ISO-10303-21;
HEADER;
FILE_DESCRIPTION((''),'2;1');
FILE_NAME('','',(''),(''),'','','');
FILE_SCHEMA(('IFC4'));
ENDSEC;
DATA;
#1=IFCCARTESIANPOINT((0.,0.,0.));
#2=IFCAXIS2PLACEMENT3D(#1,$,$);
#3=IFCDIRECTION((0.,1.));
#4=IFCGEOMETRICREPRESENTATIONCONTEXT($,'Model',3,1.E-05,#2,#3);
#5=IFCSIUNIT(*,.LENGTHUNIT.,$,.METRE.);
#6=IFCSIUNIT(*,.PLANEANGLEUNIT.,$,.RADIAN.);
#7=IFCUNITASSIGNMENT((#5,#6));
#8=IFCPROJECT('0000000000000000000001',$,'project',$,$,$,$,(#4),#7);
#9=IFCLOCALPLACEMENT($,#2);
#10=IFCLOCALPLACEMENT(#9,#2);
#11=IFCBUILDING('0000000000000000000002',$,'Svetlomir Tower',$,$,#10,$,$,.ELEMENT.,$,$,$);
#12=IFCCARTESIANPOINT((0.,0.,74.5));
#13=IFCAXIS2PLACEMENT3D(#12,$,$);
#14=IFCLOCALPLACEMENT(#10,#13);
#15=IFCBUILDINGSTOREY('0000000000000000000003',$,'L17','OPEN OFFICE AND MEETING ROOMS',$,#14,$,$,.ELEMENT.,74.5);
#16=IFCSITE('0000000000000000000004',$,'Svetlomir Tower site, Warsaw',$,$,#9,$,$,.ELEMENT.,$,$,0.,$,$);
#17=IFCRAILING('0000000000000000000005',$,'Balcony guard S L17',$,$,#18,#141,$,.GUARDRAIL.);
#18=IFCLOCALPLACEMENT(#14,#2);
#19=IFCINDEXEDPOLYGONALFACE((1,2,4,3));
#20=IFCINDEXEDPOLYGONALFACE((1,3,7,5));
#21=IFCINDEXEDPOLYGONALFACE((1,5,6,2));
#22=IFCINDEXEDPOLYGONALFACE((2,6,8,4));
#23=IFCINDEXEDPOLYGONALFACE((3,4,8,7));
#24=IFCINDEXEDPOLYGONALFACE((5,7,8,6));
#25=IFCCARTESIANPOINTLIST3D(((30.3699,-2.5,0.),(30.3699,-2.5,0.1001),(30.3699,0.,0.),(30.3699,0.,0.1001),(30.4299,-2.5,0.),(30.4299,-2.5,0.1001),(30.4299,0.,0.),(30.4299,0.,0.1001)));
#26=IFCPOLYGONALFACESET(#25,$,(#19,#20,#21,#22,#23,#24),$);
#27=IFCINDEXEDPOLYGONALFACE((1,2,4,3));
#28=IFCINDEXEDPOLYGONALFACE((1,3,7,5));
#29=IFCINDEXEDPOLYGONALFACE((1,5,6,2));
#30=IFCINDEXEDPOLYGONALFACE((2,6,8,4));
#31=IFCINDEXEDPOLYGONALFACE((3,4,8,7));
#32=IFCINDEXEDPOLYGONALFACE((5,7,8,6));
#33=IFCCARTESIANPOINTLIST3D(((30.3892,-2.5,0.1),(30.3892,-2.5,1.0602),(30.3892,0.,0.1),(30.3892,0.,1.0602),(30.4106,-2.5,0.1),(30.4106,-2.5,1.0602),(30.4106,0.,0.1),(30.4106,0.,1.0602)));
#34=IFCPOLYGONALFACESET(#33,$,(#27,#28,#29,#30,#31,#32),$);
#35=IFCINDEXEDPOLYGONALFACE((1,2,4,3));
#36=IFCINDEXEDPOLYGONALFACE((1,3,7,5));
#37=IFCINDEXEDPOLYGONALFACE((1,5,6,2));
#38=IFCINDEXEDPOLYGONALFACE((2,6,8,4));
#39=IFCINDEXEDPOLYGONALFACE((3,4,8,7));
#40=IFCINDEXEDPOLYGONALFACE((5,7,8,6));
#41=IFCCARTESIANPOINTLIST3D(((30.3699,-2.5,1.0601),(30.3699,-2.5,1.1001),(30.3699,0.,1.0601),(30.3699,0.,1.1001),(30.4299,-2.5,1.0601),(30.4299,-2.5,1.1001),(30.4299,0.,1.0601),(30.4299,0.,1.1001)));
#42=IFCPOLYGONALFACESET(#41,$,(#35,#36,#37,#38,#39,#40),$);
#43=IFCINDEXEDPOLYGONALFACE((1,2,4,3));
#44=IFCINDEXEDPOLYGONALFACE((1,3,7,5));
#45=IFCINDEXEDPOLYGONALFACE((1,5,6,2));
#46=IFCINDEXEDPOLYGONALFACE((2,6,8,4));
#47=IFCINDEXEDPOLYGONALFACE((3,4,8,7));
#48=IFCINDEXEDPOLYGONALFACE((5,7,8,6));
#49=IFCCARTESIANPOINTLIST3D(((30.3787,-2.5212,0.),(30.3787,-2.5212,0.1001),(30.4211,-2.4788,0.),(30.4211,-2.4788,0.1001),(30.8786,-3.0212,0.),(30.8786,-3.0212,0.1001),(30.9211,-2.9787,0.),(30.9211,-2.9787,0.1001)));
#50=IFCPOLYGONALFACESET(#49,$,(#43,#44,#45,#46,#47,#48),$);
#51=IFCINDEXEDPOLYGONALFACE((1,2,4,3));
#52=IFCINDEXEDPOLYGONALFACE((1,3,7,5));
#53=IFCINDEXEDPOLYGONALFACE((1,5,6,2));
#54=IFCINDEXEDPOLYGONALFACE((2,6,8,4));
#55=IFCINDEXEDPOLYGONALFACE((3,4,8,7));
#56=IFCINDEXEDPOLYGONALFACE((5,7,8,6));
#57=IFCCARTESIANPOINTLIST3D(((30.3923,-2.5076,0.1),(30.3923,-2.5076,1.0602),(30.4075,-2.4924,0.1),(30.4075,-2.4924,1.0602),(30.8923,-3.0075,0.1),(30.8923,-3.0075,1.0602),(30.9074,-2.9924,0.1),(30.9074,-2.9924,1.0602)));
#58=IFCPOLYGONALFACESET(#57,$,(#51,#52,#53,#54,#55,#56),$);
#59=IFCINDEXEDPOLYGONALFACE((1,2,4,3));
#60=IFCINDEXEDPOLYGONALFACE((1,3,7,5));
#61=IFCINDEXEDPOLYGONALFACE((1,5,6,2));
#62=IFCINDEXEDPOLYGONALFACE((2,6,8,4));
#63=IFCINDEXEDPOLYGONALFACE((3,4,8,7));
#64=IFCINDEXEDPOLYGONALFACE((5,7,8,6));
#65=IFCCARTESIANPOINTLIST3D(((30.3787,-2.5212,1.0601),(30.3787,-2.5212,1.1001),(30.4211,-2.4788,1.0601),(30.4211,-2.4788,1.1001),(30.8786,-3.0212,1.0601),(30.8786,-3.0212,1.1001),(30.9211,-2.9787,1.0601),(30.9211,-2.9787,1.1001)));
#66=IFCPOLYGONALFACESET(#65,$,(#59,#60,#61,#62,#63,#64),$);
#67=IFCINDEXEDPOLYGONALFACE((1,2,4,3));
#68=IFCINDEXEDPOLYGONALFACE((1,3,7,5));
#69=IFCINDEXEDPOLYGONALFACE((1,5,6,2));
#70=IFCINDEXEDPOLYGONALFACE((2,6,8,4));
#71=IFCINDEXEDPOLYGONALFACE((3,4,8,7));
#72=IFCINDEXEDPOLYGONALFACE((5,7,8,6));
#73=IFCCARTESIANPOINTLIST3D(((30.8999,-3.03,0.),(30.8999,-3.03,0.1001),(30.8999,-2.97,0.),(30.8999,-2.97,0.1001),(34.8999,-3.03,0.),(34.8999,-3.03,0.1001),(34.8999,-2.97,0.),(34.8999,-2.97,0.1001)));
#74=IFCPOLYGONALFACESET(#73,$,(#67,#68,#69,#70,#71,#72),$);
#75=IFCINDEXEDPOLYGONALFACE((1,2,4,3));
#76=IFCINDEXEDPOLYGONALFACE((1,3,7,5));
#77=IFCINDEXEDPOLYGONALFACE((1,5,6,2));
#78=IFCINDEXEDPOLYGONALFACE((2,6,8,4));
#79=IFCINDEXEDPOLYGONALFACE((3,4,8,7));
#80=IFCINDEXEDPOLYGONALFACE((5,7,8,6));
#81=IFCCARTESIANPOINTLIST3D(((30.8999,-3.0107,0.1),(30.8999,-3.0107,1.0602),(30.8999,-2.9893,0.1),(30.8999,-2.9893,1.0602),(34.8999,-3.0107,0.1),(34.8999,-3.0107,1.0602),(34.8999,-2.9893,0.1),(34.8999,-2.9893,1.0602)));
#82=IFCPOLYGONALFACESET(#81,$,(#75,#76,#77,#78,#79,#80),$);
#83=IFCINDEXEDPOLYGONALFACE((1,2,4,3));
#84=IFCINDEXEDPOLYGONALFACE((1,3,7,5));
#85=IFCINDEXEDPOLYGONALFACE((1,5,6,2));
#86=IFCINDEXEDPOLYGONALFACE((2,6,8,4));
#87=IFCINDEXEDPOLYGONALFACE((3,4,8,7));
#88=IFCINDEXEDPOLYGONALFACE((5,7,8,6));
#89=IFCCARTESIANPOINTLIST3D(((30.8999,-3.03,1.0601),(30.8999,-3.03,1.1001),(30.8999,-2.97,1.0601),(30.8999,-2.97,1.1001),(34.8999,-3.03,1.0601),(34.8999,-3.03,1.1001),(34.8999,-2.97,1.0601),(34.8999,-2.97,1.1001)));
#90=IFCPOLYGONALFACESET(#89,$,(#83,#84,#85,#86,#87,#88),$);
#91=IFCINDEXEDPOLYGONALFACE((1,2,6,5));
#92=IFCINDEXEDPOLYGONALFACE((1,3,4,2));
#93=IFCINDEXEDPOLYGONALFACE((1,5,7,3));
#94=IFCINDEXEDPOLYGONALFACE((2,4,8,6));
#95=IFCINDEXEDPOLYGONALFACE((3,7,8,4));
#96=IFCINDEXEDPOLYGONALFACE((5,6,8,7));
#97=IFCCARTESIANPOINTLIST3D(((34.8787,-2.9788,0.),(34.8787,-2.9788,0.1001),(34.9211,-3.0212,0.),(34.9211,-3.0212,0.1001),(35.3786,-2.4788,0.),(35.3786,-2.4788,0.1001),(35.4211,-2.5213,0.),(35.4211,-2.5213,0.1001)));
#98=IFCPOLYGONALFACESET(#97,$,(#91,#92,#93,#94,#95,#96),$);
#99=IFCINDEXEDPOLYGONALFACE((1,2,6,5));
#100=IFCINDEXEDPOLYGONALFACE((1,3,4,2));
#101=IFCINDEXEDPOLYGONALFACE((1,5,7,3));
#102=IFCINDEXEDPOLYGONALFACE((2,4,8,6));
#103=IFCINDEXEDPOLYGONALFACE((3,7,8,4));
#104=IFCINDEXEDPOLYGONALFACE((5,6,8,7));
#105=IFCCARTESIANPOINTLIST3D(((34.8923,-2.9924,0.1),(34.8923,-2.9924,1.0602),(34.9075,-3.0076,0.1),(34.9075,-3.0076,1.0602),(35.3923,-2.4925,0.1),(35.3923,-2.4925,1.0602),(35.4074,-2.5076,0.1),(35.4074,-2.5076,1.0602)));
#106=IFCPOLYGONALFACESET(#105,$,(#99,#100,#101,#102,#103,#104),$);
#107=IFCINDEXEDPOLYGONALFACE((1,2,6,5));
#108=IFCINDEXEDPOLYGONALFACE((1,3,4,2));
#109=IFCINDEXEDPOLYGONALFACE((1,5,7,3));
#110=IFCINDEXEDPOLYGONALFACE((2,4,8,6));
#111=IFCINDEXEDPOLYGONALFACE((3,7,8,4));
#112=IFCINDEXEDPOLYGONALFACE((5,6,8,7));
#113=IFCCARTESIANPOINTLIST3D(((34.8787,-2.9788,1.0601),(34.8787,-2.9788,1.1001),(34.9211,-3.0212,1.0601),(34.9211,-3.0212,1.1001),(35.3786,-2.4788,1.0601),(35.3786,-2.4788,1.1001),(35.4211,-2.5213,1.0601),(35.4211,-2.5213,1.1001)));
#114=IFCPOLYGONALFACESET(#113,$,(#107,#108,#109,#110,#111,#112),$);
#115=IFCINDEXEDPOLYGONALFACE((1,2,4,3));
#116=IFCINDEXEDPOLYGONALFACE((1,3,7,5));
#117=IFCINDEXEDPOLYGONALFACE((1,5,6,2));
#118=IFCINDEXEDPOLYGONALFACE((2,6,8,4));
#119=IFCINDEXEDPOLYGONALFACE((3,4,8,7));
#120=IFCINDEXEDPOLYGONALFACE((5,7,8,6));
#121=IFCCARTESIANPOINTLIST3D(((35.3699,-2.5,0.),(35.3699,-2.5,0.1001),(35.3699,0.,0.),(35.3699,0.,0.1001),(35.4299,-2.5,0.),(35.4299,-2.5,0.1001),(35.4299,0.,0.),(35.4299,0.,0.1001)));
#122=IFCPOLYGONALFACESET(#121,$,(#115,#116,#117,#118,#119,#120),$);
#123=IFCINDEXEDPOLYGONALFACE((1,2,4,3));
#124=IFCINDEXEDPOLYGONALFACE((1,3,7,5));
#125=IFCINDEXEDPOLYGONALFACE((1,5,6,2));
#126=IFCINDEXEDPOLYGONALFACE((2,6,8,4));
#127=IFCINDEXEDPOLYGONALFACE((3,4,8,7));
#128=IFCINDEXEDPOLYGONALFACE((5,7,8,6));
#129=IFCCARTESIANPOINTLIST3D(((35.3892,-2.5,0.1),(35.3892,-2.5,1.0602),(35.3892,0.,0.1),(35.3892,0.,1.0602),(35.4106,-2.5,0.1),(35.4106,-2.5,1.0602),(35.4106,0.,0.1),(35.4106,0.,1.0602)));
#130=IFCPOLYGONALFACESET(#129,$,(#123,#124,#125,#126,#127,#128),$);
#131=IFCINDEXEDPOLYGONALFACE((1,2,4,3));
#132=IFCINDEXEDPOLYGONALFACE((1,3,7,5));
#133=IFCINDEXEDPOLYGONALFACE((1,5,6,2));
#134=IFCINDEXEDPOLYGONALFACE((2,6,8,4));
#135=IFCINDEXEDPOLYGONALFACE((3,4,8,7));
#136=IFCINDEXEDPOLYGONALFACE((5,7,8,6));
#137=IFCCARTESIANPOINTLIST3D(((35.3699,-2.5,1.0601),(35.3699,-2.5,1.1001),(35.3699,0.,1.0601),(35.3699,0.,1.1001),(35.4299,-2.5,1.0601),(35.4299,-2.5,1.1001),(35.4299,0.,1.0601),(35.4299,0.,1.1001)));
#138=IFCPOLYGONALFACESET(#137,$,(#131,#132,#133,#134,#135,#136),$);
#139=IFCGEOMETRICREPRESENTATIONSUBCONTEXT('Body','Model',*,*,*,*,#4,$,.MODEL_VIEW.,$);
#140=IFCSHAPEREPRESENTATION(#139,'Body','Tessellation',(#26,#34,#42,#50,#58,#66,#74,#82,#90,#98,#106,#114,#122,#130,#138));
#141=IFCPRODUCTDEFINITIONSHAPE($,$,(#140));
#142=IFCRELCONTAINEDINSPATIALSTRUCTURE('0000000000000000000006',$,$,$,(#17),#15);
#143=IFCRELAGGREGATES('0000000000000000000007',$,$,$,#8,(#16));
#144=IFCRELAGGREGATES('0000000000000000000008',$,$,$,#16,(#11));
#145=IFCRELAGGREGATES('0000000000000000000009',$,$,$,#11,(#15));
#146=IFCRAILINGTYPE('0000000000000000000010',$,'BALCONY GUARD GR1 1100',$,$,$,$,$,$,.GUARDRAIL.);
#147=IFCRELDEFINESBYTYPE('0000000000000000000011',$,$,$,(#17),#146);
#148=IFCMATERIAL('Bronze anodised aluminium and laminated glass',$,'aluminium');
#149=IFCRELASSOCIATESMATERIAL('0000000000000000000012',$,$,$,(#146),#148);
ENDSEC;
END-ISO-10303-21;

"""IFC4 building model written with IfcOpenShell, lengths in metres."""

from ifc_helpers import new_model, si_unit, direction, frame, origin, origin_2d, place, context, subcontext, project, spatial, rectangle, extrude, material, type_object, element, save


model = new_model("IFC4")

# Units and contexts
model_context = context("Model", 3, precision=1e-05, world=origin(), true_north=direction((0.0, 1.0)))
body_context = subcontext(model_context, "Body", "Model", "MODEL_VIEW")
ifc_project = project(units=[si_unit("LENGTHUNIT", "METRE"), si_unit("PLANEANGLEUNIT", "RADIAN")], contexts=[model_context])

# Site, building, storey
site_placement = place(None, origin())
site = spatial("IfcSite", under=ifc_project, at=site_placement, Name="Svetlomir Tower site, Warsaw", CompositionType="ELEMENT", RefElevation=0.0)
building_placement = place(site_placement, origin())
building = spatial("IfcBuilding", under=site, at=building_placement, Name="Svetlomir Tower", CompositionType="ELEMENT")
storey_placement = place(building_placement, frame((0.0, 0.0, 74.5)))
storey = spatial("IfcBuildingStorey", under=building, at=storey_placement, Name="L17", Description="OPEN OFFICE AND MEETING ROOMS", CompositionType="ELEMENT", Elevation=74.5)

# Railing
ifc_material_1 = material(Name="Bronze anodised aluminium and laminated glass", Category="aluminium")
railing_type = type_object("IfcRailingType", Name="BALCONY GUARD GR1 1100", PredefinedType="GUARDRAIL", material=ifc_material_1)
railing_placement = place(storey_placement, frame((30.3999, 0.0, 0.0)))
element("IfcRailing", 1, at=railing_placement, inside=storey, type_object=railing_type, Name="Balcony guard S L17", PredefinedType="GUARDRAIL", context=body_context, shape_type="SweptSolid", body=[
    extrude(rectangle(XDim=0.0601, YDim=0.1001, at=origin_2d()), frame((0.0, 0.0, 0.05), z_axis=(0.0, -1.0, 0.0), x_axis=(1.0, 0.0, 0.0)), (0.0, 0.0, 1.0), 2.5),
    extrude(rectangle(XDim=0.0215, YDim=0.9602, at=origin_2d()), frame((0.0, 0.0, 0.5801), z_axis=(0.0, -1.0, 0.0), x_axis=(1.0, 0.0, 0.0)), (0.0, 0.0, 1.0), 2.5),
    extrude(rectangle(XDim=0.0601, YDim=0.04, at=origin_2d()), frame((0.0, 0.0, 1.0801), z_axis=(0.0, -1.0, 0.0), x_axis=(1.0, 0.0, 0.0)), (0.0, 0.0, 1.0), 2.5),
    extrude(rectangle(XDim=0.0601, YDim=0.1001, at=origin_2d()), frame((0.0, -2.5, 0.05), z_axis=(0.707107, -0.707107, 0.0), x_axis=(0.707107, 0.707107, 0.0)), (0.0, 0.0, 1.0), 0.707),
    extrude(rectangle(XDim=0.0215, YDim=0.9602, at=origin_2d()), frame((0.0, -2.5, 0.5801), z_axis=(0.707107, -0.707107, 0.0), x_axis=(0.707107, 0.707107, 0.0)), (0.0, 0.0, 1.0), 0.707),
    extrude(rectangle(XDim=0.0601, YDim=0.04, at=origin_2d()), frame((0.0, -2.5, 1.0801), z_axis=(0.707107, -0.707107, 0.0), x_axis=(0.707107, 0.707107, 0.0)), (0.0, 0.0, 1.0), 0.707),
    extrude(rectangle(XDim=0.0601, YDim=0.1001, at=origin_2d()), frame((0.5, -3.0, 0.05), z_axis=(1.0, 0.0, 0.0), x_axis=(0.0, 1.0, 0.0)), (0.0, 0.0, 1.0), 4.0),
    extrude(rectangle(XDim=0.0215, YDim=0.9602, at=origin_2d()), frame((0.5, -3.0, 0.5801), z_axis=(1.0, 0.0, 0.0), x_axis=(0.0, 1.0, 0.0)), (0.0, 0.0, 1.0), 4.0),
    extrude(rectangle(XDim=0.0601, YDim=0.04, at=origin_2d()), frame((0.5, -3.0, 1.0801), z_axis=(1.0, 0.0, 0.0), x_axis=(0.0, 1.0, 0.0)), (0.0, 0.0, 1.0), 4.0),
    extrude(rectangle(XDim=0.0601, YDim=0.1001, at=origin_2d()), frame((4.5, -3.0, 0.05), z_axis=(0.707107, 0.707107, 0.0), x_axis=(-0.707107, 0.707107, 0.0)), (0.0, 0.0, 1.0), 0.707),
    extrude(rectangle(XDim=0.0215, YDim=0.9602, at=origin_2d()), frame((4.5, -3.0, 0.5801), z_axis=(0.707107, 0.707107, 0.0), x_axis=(-0.707107, 0.707107, 0.0)), (0.0, 0.0, 1.0), 0.707),
    extrude(rectangle(XDim=0.0601, YDim=0.04, at=origin_2d()), frame((4.5, -3.0, 1.0801), z_axis=(0.707107, 0.707107, 0.0), x_axis=(-0.707107, 0.707107, 0.0)), (0.0, 0.0, 1.0), 0.707),
    extrude(rectangle(XDim=0.0601, YDim=0.1001, at=origin_2d()), frame((5.0, -2.5, 0.05), z_axis=(0.0, 1.0, 0.0), x_axis=(-1.0, 0.0, 0.0)), (0.0, 0.0, 1.0), 2.5),
    extrude(rectangle(XDim=0.0215, YDim=0.9602, at=origin_2d()), frame((5.0, -2.5, 0.5801), z_axis=(0.0, 1.0, 0.0), x_axis=(-1.0, 0.0, 0.0)), (0.0, 0.0, 1.0), 2.5),
    extrude(rectangle(XDim=0.0601, YDim=0.04, at=origin_2d()), frame((5.0, -2.5, 1.0801), z_axis=(0.0, 1.0, 0.0), x_axis=(-1.0, 0.0, 0.0)), (0.0, 0.0, 1.0), 2.5),
])

save(model, "model.ifc")
